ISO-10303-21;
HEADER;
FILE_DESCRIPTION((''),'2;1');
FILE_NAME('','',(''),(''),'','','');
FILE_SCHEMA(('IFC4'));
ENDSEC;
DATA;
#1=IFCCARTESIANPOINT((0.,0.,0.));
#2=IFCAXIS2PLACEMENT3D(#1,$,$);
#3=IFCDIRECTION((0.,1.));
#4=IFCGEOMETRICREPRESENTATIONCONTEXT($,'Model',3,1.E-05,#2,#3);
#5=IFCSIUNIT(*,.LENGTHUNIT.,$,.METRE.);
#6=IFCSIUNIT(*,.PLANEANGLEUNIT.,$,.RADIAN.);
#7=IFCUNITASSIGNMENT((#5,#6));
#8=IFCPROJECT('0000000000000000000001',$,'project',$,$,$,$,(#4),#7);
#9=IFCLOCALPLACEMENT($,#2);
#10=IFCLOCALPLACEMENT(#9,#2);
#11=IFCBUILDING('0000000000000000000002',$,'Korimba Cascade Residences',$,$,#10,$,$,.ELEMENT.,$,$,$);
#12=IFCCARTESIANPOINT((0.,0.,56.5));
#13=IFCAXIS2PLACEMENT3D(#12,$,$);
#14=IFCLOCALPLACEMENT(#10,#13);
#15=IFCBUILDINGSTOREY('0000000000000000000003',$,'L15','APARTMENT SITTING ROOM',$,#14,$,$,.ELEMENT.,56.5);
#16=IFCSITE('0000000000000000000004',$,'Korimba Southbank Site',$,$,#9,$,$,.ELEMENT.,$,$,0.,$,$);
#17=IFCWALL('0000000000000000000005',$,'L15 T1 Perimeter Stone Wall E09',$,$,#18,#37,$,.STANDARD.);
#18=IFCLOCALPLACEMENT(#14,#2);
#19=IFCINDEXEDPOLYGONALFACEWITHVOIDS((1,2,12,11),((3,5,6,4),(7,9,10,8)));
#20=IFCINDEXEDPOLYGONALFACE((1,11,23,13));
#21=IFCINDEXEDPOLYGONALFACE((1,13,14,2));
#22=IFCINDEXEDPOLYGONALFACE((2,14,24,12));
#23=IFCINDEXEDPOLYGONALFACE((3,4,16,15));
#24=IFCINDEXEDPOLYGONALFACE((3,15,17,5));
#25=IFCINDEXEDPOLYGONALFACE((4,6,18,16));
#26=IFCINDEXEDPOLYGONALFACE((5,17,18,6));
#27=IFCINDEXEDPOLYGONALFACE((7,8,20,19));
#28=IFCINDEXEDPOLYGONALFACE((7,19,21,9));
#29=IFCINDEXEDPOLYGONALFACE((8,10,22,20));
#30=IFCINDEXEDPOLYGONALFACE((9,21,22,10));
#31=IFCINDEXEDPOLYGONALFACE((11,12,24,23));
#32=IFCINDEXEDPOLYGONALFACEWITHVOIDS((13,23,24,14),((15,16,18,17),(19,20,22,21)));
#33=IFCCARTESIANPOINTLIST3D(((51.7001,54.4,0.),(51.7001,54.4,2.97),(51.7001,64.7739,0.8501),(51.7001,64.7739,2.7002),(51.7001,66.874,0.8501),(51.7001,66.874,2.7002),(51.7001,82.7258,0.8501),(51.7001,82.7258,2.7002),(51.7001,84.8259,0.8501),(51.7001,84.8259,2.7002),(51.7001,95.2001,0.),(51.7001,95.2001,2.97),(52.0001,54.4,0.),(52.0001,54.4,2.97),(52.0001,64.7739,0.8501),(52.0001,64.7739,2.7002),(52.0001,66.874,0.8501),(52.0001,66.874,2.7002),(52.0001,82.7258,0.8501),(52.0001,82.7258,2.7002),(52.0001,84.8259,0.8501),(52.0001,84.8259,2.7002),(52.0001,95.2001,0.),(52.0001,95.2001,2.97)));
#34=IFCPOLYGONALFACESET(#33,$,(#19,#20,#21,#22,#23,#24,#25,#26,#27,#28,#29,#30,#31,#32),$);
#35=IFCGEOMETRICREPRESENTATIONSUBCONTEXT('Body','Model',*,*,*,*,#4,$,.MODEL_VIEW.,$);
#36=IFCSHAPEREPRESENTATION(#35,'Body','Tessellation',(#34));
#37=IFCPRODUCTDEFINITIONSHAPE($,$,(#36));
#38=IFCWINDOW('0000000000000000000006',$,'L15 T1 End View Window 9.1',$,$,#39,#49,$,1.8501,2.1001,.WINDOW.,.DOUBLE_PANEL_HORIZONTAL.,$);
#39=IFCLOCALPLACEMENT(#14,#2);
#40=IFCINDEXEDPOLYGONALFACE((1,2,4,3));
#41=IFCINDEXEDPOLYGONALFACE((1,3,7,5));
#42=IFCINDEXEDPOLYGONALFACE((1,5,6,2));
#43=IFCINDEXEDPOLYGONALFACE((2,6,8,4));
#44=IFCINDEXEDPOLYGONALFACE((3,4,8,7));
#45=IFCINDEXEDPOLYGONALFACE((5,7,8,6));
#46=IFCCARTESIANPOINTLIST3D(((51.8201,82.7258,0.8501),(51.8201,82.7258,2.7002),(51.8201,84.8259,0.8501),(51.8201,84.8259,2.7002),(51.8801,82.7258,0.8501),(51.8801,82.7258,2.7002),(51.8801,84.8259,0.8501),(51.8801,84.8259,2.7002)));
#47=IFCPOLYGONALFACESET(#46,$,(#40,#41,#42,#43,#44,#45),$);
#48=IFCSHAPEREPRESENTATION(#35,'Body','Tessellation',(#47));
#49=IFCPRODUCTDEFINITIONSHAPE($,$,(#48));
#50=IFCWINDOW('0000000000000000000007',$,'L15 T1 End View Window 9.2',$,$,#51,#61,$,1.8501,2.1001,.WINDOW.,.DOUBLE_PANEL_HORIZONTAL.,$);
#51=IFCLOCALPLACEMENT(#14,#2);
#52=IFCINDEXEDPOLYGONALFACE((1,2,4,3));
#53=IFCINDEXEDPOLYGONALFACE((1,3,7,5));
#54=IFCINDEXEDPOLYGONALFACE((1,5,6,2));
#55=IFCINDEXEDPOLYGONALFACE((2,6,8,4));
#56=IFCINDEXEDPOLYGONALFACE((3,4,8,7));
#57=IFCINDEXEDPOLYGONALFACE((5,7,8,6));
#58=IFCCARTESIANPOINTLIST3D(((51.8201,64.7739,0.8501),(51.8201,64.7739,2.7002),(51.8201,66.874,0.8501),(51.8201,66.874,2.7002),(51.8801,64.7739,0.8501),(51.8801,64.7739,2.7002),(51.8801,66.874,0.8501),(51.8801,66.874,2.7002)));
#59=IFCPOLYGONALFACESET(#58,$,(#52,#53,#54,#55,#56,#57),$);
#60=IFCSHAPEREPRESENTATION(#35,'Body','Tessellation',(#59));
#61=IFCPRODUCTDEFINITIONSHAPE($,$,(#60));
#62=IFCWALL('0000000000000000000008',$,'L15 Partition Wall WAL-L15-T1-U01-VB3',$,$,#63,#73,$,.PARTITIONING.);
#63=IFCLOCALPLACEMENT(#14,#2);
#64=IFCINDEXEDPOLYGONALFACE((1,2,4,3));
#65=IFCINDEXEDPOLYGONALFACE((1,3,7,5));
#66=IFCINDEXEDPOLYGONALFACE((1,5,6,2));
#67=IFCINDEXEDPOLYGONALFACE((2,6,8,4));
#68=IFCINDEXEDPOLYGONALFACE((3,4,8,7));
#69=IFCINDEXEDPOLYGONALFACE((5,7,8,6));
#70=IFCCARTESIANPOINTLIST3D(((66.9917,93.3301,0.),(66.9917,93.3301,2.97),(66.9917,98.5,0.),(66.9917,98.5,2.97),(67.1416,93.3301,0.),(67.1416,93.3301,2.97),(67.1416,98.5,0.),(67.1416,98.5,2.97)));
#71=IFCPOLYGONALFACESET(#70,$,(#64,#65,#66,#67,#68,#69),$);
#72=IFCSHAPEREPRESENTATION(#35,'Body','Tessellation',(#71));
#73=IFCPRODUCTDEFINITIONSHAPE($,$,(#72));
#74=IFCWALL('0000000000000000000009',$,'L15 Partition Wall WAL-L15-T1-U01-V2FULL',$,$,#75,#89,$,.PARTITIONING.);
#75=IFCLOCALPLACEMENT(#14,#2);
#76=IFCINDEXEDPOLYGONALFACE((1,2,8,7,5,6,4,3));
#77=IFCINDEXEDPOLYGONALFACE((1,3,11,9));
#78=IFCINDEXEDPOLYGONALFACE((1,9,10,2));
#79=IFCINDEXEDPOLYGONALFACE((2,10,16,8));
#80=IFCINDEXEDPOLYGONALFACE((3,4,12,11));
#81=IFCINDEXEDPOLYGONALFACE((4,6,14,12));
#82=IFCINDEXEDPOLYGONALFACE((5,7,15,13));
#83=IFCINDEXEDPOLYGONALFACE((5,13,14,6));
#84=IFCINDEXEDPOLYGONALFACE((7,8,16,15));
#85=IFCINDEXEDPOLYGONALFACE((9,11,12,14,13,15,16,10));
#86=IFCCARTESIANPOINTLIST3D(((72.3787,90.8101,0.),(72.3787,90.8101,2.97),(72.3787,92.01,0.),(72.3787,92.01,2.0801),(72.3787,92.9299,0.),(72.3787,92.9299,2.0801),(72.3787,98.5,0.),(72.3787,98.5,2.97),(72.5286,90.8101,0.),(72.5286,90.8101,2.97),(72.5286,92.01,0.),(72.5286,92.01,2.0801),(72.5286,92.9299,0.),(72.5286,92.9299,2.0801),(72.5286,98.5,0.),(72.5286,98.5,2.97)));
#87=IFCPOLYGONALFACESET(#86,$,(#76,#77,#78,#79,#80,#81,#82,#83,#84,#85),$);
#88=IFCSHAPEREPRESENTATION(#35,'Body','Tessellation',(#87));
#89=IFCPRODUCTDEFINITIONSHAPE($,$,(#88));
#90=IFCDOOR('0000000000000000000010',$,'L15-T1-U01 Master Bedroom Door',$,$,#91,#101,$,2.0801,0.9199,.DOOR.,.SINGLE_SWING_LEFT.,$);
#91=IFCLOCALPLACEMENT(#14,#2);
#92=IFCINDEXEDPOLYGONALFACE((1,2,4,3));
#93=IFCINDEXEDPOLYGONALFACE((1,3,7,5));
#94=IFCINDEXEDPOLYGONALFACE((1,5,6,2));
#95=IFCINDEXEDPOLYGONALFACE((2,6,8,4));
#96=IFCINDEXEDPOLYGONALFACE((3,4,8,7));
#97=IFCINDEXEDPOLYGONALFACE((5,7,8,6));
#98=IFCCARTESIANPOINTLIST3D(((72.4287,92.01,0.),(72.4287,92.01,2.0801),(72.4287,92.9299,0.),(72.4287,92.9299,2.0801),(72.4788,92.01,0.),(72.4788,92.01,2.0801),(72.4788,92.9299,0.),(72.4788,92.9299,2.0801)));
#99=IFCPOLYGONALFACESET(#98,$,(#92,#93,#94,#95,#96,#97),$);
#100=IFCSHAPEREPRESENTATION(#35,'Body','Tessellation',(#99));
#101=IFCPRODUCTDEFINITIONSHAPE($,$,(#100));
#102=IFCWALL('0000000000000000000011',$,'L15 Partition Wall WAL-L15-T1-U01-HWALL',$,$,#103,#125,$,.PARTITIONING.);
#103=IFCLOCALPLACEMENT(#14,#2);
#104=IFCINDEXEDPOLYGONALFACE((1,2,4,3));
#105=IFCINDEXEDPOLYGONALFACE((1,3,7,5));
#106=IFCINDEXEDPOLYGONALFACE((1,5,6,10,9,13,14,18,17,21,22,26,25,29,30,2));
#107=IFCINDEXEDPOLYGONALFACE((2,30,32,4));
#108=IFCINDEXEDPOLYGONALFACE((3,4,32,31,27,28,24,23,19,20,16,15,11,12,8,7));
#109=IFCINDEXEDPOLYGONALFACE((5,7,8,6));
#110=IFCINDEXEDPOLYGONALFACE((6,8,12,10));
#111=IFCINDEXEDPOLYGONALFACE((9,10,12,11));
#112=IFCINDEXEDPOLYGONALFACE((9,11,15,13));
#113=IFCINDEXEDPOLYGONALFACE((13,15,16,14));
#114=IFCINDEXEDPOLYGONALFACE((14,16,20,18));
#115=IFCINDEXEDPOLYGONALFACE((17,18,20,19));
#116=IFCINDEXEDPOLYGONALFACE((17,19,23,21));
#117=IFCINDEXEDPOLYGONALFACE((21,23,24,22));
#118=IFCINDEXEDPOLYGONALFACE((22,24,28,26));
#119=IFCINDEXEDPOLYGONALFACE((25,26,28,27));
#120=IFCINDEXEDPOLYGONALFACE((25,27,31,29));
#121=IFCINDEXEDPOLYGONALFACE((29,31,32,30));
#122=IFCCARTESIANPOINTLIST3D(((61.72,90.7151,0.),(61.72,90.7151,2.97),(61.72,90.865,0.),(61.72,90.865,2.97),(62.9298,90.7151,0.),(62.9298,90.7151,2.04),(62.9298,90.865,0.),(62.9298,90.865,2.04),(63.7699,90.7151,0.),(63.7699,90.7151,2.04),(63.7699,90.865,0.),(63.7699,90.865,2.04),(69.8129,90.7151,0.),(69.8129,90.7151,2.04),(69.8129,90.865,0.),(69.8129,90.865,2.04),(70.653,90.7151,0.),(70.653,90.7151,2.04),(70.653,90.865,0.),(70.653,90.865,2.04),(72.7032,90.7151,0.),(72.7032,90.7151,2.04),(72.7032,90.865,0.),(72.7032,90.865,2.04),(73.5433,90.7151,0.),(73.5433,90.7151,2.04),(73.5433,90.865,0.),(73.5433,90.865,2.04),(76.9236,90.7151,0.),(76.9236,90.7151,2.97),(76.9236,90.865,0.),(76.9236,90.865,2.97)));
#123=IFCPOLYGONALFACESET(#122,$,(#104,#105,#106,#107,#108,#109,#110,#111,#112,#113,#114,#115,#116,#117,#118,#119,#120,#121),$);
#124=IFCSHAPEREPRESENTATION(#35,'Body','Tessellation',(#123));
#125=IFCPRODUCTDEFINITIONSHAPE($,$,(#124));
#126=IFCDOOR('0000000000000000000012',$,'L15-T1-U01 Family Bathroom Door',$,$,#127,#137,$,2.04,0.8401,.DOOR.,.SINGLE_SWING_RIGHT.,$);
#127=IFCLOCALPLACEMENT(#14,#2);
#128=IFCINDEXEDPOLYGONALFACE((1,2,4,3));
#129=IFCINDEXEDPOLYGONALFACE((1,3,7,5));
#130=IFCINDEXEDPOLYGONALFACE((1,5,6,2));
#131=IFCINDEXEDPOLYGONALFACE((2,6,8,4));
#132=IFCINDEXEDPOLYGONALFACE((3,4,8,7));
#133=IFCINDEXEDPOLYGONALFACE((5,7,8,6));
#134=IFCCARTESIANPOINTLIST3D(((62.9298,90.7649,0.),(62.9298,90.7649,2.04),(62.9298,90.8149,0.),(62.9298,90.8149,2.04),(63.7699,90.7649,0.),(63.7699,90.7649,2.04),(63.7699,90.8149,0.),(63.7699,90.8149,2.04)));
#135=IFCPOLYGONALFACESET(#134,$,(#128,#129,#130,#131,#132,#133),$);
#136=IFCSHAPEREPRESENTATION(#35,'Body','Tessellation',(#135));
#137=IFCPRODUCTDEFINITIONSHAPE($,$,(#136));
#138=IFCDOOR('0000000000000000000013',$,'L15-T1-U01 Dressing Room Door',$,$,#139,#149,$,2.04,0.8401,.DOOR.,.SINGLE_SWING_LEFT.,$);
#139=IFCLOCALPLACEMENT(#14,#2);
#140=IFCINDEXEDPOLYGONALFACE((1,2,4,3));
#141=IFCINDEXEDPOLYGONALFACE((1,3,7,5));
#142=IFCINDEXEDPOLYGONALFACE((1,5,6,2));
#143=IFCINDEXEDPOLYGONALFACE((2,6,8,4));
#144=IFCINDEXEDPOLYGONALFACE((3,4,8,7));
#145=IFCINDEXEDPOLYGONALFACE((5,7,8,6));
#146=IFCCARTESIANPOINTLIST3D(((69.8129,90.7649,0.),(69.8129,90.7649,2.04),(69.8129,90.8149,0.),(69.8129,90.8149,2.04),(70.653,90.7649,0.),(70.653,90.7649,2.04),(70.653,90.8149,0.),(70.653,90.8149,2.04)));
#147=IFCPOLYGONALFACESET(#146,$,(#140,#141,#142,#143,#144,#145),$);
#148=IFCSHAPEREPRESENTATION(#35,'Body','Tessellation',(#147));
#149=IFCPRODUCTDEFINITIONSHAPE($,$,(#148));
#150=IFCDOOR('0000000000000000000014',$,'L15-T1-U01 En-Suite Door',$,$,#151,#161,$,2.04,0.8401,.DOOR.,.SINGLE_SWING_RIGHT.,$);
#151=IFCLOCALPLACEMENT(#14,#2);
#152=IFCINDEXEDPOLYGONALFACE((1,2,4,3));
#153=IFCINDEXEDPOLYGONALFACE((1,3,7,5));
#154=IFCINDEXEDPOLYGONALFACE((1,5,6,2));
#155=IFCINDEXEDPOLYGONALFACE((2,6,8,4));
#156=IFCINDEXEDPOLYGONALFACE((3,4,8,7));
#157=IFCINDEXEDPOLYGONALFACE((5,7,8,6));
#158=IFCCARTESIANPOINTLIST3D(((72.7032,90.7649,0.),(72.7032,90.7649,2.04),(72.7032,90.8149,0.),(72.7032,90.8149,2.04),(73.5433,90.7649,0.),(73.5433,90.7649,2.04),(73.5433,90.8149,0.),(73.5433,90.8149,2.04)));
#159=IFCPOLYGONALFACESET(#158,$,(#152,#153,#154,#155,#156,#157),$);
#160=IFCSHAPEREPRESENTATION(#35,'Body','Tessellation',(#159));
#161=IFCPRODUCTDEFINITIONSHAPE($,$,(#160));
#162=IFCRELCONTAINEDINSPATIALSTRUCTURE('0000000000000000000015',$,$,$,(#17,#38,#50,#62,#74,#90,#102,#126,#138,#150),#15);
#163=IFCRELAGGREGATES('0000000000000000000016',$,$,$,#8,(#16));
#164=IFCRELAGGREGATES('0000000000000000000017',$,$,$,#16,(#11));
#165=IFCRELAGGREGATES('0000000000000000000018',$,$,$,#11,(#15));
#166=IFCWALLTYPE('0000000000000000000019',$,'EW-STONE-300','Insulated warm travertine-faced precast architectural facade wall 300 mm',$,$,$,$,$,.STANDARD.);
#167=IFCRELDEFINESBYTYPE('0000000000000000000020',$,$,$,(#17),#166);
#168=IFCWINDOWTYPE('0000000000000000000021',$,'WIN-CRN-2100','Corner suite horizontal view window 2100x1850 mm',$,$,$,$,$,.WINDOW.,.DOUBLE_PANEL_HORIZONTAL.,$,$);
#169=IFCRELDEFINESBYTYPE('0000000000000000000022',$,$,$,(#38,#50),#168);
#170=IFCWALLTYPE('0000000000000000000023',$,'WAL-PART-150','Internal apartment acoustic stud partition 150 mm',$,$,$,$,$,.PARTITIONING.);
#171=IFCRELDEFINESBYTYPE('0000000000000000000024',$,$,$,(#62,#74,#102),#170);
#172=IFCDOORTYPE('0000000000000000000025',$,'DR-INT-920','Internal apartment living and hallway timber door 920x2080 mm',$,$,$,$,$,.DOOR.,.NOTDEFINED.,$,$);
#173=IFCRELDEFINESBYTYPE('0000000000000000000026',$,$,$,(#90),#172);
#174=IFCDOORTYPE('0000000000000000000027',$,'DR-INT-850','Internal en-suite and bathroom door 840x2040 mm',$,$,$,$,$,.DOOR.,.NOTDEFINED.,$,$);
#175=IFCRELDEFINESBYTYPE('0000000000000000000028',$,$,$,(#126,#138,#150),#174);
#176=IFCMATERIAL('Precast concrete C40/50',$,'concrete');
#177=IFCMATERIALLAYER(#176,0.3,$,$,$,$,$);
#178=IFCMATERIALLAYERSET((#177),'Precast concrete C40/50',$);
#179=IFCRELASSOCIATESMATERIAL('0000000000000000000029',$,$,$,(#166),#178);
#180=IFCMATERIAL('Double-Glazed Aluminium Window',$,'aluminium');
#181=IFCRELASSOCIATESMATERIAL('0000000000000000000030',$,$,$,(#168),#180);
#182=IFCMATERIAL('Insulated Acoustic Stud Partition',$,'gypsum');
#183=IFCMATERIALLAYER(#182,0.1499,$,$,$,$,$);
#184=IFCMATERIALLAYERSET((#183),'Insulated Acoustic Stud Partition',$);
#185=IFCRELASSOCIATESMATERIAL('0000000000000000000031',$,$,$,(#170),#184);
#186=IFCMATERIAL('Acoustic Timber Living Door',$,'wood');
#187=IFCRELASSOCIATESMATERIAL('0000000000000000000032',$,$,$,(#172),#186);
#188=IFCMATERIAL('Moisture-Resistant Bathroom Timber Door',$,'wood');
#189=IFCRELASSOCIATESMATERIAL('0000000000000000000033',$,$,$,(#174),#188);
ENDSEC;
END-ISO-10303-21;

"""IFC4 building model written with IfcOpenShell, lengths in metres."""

from ifc_helpers import new_model, si_unit, direction, frame, frame_2d, origin, place, context, subcontext, project, spatial, rectangle, extrude, material, layer, layer_set, type_object, element, fill, save


model = new_model("IFC4")

# Units and contexts
model_context = context("Model", 3, precision=1e-05, world=origin(), true_north=direction((0.0, 1.0)))
body_context = subcontext(model_context, "Body", "Model", "MODEL_VIEW")
ifc_project = project(units=[si_unit("LENGTHUNIT", "METRE"), si_unit("PLANEANGLEUNIT", "RADIAN")], contexts=[model_context])

# Site, building, storey
site_placement = place(None, origin())
site = spatial("IfcSite", under=ifc_project, at=site_placement, Name="Korimba Southbank Site", CompositionType="ELEMENT", RefElevation=0.0)
building_placement = place(site_placement, origin())
building = spatial("IfcBuilding", under=site, at=building_placement, Name="Korimba Cascade Residences", CompositionType="ELEMENT")
storey_placement = place(building_placement, frame((0.0, 0.0, 56.5)))
storey = spatial("IfcBuildingStorey", under=building, at=storey_placement, Name="L15", Description="APARTMENT SITTING ROOM", CompositionType="ELEMENT", Elevation=56.5)

# Shared definitions
ifc_material_1 = material(Name="Precast concrete C40/50", Category="concrete")
ifc_layer_1 = layer(ifc_material_1, 0.3)
ifc_layer_set_1 = layer_set([ifc_layer_1], Name="Precast concrete C40/50")
wall_type_1 = type_object("IfcWallType", Name="EW-STONE-300", Description="Insulated warm travertine-faced precast architectural facade wall 300 mm", PredefinedType="STANDARD", material=ifc_layer_set_1)

# Wall, openings, windows
wall_1_placement = place(storey_placement, frame((51.8501, 95.2, 0.0), z_axis=(0.0, 0.0, 1.0), x_axis=(0.0, -1.0, 0.0)))
wall_1 = element("IfcWall", 1, at=wall_1_placement, inside=storey, type_object=wall_type_1, Name="L15 T1 Perimeter Stone Wall E09", PredefinedType="STANDARD", context=body_context, shape_type="SweptSolid", body=[
    extrude(rectangle(XDim=40.8, YDim=0.3, at=frame_2d((20.3999, 0.0))), origin(), (0.0, 0.0, 1.0), 2.97),
])
opening_1_placement = place(wall_1_placement, frame((10.374, 0.0, 0.8501)))
opening_1 = element("IfcOpeningElement", 2, at=opening_1_placement, cuts=wall_1, PredefinedType="OPENING", context=body_context, shape_type="SweptSolid", body=[
    extrude(rectangle(XDim=2.1001, YDim=1.8501, at=frame_2d((1.05, 0.925))), frame((0.0, 0.1602, 0.0), z_axis=(0.0, -1.0, 0.0), x_axis=(1.0, 0.0, 0.0)), (0.0, 0.0, 1.0), 0.3201),
])
opening_2_placement = place(wall_1_placement, frame((28.3259, 0.0, 0.8501)))
opening_2 = element("IfcOpeningElement", 3, at=opening_2_placement, cuts=wall_1, PredefinedType="OPENING", context=body_context, shape_type="SweptSolid", body=[
    extrude(rectangle(XDim=2.1001, YDim=1.8501, at=frame_2d((1.05, 0.925))), frame((0.0, 0.1602, 0.0), z_axis=(0.0, -1.0, 0.0), x_axis=(1.0, 0.0, 0.0)), (0.0, 0.0, 1.0), 0.3201),
])
ifc_material_2 = material(Name="Double-Glazed Aluminium Window", Category="aluminium")
window_type = type_object("IfcWindowType", Name="WIN-CRN-2100", Description="Corner suite horizontal view window 2100x1850 mm", PartitioningType="DOUBLE_PANEL_HORIZONTAL", PredefinedType="WINDOW", material=ifc_material_2)
window_1_placement = place(opening_1_placement, origin())
window_1 = element("IfcWindow", 4, at=window_1_placement, inside=storey, type_object=window_type, Name="L15 T1 End View Window 9.1", OverallHeight=1.8501, OverallWidth=2.1001, PartitioningType="DOUBLE_PANEL_HORIZONTAL", PredefinedType="WINDOW", context=body_context, shape_type="SweptSolid", body=[
    extrude(rectangle(XDim=2.1001, YDim=1.8501, at=frame_2d((1.05, 0.925))), frame((0.0, 0.03, 0.0), z_axis=(0.0, -1.0, 0.0), x_axis=(1.0, 0.0, 0.0)), (0.0, 0.0, 1.0), 0.0601),
])
fill(opening_1, window_1)
window_2_placement = place(opening_2_placement, origin())
window_2 = element("IfcWindow", 5, at=window_2_placement, inside=storey, type_object=window_type, Name="L15 T1 End View Window 9.2", OverallHeight=1.8501, OverallWidth=2.1001, PartitioningType="DOUBLE_PANEL_HORIZONTAL", PredefinedType="WINDOW", context=body_context, shape_type="SweptSolid", body=[
    extrude(rectangle(XDim=2.1001, YDim=1.8501, at=frame_2d((1.05, 0.925))), frame((0.0, 0.03, 0.0), z_axis=(0.0, -1.0, 0.0), x_axis=(1.0, 0.0, 0.0)), (0.0, 0.0, 1.0), 0.0601),
])
fill(opening_2, window_2)

# Wall
ifc_material_3 = material(Name="Insulated Acoustic Stud Partition", Category="gypsum")
ifc_layer_2 = layer(ifc_material_3, 0.1499)
ifc_layer_set_2 = layer_set([ifc_layer_2], Name="Insulated Acoustic Stud Partition")
wall_type_2 = type_object("IfcWallType", Name="WAL-PART-150", Description="Internal apartment acoustic stud partition 150 mm", PredefinedType="PARTITIONING", material=ifc_layer_set_2)
wall_2_placement = place(storey_placement, frame((67.0667, 93.3301, 0.0), z_axis=(0.0, 0.0, 1.0), x_axis=(0.0, 1.0, 0.0)))
element("IfcWall", 6, at=wall_2_placement, inside=storey, type_object=wall_type_2, Name="L15 Partition Wall WAL-L15-T1-U01-VB3", PredefinedType="PARTITIONING", context=body_context, shape_type="SweptSolid", body=[
    extrude(rectangle(XDim=5.1699, YDim=0.1499, at=frame_2d((2.585, 0.0))), origin(), (0.0, 0.0, 1.0), 2.97),
])

# Wall, opening, door
wall_3_placement = place(storey_placement, frame((72.4536, 90.8101, 0.0), z_axis=(0.0, 0.0, 1.0), x_axis=(0.0, 1.0, 0.0)))
wall_3 = element("IfcWall", 7, at=wall_3_placement, inside=storey, type_object=wall_type_2, Name="L15 Partition Wall WAL-L15-T1-U01-V2FULL", PredefinedType="PARTITIONING", context=body_context, shape_type="SweptSolid", body=[
    extrude(rectangle(XDim=7.6899, YDim=0.1499, at=frame_2d((3.845, 0.0))), origin(), (0.0, 0.0, 1.0), 2.97),
])
opening_3_placement = place(wall_3_placement, frame((1.2, 0.0, 0.0)))
opening_3 = element("IfcOpeningElement", 8, at=opening_3_placement, cuts=wall_3, PredefinedType="OPENING", context=body_context, shape_type="SweptSolid", body=[
    extrude(rectangle(XDim=0.9199, YDim=2.0801, at=frame_2d((0.46, 1.04))), frame((0.0, 0.085, 0.0), z_axis=(0.0, -1.0, 0.0), x_axis=(1.0, 0.0, 0.0)), (0.0, 0.0, 1.0), 0.1699),
])
ifc_material_4 = material(Name="Acoustic Timber Living Door", Category="wood")
door_type_1 = type_object("IfcDoorType", Name="DR-INT-920", Description="Internal apartment living and hallway timber door 920x2080 mm", OperationType="NOTDEFINED", PredefinedType="DOOR", material=ifc_material_4)
door_1_placement = place(opening_3_placement, origin())
door_1 = element("IfcDoor", 9, at=door_1_placement, inside=storey, type_object=door_type_1, Name="L15-T1-U01 Master Bedroom Door", OperationType="SINGLE_SWING_LEFT", OverallHeight=2.0801, OverallWidth=0.9199, PredefinedType="DOOR", context=body_context, shape_type="SweptSolid", body=[
    extrude(rectangle(XDim=0.9199, YDim=2.0801, at=frame_2d((0.46, 1.04))), frame((0.0, 0.0249, 0.0), z_axis=(0.0, -1.0, 0.0), x_axis=(1.0, 0.0, 0.0)), (0.0, 0.0, 1.0), 0.05),
])
fill(opening_3, door_1)

# Wall, openings, doors
wall_4_placement = place(storey_placement, frame((61.72, 90.79, 0.0), z_axis=(0.0, 0.0, 1.0), x_axis=(1.0, 0.0, 0.0)))
wall_4 = element("IfcWall", 10, at=wall_4_placement, inside=storey, type_object=wall_type_2, Name="L15 Partition Wall WAL-L15-T1-U01-HWALL", PredefinedType="PARTITIONING", context=body_context, shape_type="SweptSolid", body=[
    extrude(rectangle(XDim=15.2036, YDim=0.1499, at=frame_2d((7.6018, 0.0))), origin(), (0.0, 0.0, 1.0), 2.97),
])
opening_4_placement = place(wall_4_placement, frame((1.21, 0.0, 0.0)))
opening_4 = element("IfcOpeningElement", 11, at=opening_4_placement, cuts=wall_4, PredefinedType="OPENING", context=body_context, shape_type="SweptSolid", body=[
    extrude(rectangle(XDim=0.8401, YDim=2.04, at=frame_2d((0.4199, 1.02))), frame((0.0, 0.085, 0.0), z_axis=(0.0, -1.0, 0.0), x_axis=(1.0, 0.0, 0.0)), (0.0, 0.0, 1.0), 0.1699),
])
opening_5_placement = place(wall_4_placement, frame((8.093, 0.0, 0.0)))
opening_5 = element("IfcOpeningElement", 12, at=opening_5_placement, cuts=wall_4, PredefinedType="OPENING", context=body_context, shape_type="SweptSolid", body=[
    extrude(rectangle(XDim=0.8401, YDim=2.04, at=frame_2d((0.4199, 1.02))), frame((0.0, 0.085, 0.0), z_axis=(0.0, -1.0, 0.0), x_axis=(1.0, 0.0, 0.0)), (0.0, 0.0, 1.0), 0.1699),
])
opening_6_placement = place(wall_4_placement, frame((10.9834, 0.0, 0.0)))
opening_6 = element("IfcOpeningElement", 13, at=opening_6_placement, cuts=wall_4, PredefinedType="OPENING", context=body_context, shape_type="SweptSolid", body=[
    extrude(rectangle(XDim=0.8401, YDim=2.04, at=frame_2d((0.4199, 1.02))), frame((0.0, 0.085, 0.0), z_axis=(0.0, -1.0, 0.0), x_axis=(1.0, 0.0, 0.0)), (0.0, 0.0, 1.0), 0.1699),
])
ifc_material_5 = material(Name="Moisture-Resistant Bathroom Timber Door", Category="wood")
door_type_2 = type_object("IfcDoorType", Name="DR-INT-850", Description="Internal en-suite and bathroom door 840x2040 mm", OperationType="NOTDEFINED", PredefinedType="DOOR", material=ifc_material_5)
door_2_placement = place(opening_4_placement, origin())
door_2 = element("IfcDoor", 14, at=door_2_placement, inside=storey, type_object=door_type_2, Name="L15-T1-U01 Family Bathroom Door", OperationType="SINGLE_SWING_RIGHT", OverallHeight=2.04, OverallWidth=0.8401, PredefinedType="DOOR", context=body_context, shape_type="SweptSolid", body=[
    extrude(rectangle(XDim=0.8401, YDim=2.04, at=frame_2d((0.4199, 1.02))), frame((0.0, 0.0249, 0.0), z_axis=(0.0, -1.0, 0.0), x_axis=(1.0, 0.0, 0.0)), (0.0, 0.0, 1.0), 0.05),
])
fill(opening_4, door_2)
door_3_placement = place(opening_5_placement, origin())
door_3 = element("IfcDoor", 15, at=door_3_placement, inside=storey, type_object=door_type_2, Name="L15-T1-U01 Dressing Room Door", OperationType="SINGLE_SWING_LEFT", OverallHeight=2.04, OverallWidth=0.8401, PredefinedType="DOOR", context=body_context, shape_type="SweptSolid", body=[
    extrude(rectangle(XDim=0.8401, YDim=2.04, at=frame_2d((0.4199, 1.02))), frame((0.0, 0.0249, 0.0), z_axis=(0.0, -1.0, 0.0), x_axis=(1.0, 0.0, 0.0)), (0.0, 0.0, 1.0), 0.05),
])
fill(opening_5, door_3)
door_4_placement = place(opening_6_placement, origin())
door_4 = element("IfcDoor", 16, at=door_4_placement, inside=storey, type_object=door_type_2, Name="L15-T1-U01 En-Suite Door", OperationType="SINGLE_SWING_RIGHT", OverallHeight=2.04, OverallWidth=0.8401, PredefinedType="DOOR", context=body_context, shape_type="SweptSolid", body=[
    extrude(rectangle(XDim=0.8401, YDim=2.04, at=frame_2d((0.4199, 1.02))), frame((0.0, 0.0249, 0.0), z_axis=(0.0, -1.0, 0.0), x_axis=(1.0, 0.0, 0.0)), (0.0, 0.0, 1.0), 0.05),
])
fill(opening_6, door_4)

save(model, "model.ifc")
